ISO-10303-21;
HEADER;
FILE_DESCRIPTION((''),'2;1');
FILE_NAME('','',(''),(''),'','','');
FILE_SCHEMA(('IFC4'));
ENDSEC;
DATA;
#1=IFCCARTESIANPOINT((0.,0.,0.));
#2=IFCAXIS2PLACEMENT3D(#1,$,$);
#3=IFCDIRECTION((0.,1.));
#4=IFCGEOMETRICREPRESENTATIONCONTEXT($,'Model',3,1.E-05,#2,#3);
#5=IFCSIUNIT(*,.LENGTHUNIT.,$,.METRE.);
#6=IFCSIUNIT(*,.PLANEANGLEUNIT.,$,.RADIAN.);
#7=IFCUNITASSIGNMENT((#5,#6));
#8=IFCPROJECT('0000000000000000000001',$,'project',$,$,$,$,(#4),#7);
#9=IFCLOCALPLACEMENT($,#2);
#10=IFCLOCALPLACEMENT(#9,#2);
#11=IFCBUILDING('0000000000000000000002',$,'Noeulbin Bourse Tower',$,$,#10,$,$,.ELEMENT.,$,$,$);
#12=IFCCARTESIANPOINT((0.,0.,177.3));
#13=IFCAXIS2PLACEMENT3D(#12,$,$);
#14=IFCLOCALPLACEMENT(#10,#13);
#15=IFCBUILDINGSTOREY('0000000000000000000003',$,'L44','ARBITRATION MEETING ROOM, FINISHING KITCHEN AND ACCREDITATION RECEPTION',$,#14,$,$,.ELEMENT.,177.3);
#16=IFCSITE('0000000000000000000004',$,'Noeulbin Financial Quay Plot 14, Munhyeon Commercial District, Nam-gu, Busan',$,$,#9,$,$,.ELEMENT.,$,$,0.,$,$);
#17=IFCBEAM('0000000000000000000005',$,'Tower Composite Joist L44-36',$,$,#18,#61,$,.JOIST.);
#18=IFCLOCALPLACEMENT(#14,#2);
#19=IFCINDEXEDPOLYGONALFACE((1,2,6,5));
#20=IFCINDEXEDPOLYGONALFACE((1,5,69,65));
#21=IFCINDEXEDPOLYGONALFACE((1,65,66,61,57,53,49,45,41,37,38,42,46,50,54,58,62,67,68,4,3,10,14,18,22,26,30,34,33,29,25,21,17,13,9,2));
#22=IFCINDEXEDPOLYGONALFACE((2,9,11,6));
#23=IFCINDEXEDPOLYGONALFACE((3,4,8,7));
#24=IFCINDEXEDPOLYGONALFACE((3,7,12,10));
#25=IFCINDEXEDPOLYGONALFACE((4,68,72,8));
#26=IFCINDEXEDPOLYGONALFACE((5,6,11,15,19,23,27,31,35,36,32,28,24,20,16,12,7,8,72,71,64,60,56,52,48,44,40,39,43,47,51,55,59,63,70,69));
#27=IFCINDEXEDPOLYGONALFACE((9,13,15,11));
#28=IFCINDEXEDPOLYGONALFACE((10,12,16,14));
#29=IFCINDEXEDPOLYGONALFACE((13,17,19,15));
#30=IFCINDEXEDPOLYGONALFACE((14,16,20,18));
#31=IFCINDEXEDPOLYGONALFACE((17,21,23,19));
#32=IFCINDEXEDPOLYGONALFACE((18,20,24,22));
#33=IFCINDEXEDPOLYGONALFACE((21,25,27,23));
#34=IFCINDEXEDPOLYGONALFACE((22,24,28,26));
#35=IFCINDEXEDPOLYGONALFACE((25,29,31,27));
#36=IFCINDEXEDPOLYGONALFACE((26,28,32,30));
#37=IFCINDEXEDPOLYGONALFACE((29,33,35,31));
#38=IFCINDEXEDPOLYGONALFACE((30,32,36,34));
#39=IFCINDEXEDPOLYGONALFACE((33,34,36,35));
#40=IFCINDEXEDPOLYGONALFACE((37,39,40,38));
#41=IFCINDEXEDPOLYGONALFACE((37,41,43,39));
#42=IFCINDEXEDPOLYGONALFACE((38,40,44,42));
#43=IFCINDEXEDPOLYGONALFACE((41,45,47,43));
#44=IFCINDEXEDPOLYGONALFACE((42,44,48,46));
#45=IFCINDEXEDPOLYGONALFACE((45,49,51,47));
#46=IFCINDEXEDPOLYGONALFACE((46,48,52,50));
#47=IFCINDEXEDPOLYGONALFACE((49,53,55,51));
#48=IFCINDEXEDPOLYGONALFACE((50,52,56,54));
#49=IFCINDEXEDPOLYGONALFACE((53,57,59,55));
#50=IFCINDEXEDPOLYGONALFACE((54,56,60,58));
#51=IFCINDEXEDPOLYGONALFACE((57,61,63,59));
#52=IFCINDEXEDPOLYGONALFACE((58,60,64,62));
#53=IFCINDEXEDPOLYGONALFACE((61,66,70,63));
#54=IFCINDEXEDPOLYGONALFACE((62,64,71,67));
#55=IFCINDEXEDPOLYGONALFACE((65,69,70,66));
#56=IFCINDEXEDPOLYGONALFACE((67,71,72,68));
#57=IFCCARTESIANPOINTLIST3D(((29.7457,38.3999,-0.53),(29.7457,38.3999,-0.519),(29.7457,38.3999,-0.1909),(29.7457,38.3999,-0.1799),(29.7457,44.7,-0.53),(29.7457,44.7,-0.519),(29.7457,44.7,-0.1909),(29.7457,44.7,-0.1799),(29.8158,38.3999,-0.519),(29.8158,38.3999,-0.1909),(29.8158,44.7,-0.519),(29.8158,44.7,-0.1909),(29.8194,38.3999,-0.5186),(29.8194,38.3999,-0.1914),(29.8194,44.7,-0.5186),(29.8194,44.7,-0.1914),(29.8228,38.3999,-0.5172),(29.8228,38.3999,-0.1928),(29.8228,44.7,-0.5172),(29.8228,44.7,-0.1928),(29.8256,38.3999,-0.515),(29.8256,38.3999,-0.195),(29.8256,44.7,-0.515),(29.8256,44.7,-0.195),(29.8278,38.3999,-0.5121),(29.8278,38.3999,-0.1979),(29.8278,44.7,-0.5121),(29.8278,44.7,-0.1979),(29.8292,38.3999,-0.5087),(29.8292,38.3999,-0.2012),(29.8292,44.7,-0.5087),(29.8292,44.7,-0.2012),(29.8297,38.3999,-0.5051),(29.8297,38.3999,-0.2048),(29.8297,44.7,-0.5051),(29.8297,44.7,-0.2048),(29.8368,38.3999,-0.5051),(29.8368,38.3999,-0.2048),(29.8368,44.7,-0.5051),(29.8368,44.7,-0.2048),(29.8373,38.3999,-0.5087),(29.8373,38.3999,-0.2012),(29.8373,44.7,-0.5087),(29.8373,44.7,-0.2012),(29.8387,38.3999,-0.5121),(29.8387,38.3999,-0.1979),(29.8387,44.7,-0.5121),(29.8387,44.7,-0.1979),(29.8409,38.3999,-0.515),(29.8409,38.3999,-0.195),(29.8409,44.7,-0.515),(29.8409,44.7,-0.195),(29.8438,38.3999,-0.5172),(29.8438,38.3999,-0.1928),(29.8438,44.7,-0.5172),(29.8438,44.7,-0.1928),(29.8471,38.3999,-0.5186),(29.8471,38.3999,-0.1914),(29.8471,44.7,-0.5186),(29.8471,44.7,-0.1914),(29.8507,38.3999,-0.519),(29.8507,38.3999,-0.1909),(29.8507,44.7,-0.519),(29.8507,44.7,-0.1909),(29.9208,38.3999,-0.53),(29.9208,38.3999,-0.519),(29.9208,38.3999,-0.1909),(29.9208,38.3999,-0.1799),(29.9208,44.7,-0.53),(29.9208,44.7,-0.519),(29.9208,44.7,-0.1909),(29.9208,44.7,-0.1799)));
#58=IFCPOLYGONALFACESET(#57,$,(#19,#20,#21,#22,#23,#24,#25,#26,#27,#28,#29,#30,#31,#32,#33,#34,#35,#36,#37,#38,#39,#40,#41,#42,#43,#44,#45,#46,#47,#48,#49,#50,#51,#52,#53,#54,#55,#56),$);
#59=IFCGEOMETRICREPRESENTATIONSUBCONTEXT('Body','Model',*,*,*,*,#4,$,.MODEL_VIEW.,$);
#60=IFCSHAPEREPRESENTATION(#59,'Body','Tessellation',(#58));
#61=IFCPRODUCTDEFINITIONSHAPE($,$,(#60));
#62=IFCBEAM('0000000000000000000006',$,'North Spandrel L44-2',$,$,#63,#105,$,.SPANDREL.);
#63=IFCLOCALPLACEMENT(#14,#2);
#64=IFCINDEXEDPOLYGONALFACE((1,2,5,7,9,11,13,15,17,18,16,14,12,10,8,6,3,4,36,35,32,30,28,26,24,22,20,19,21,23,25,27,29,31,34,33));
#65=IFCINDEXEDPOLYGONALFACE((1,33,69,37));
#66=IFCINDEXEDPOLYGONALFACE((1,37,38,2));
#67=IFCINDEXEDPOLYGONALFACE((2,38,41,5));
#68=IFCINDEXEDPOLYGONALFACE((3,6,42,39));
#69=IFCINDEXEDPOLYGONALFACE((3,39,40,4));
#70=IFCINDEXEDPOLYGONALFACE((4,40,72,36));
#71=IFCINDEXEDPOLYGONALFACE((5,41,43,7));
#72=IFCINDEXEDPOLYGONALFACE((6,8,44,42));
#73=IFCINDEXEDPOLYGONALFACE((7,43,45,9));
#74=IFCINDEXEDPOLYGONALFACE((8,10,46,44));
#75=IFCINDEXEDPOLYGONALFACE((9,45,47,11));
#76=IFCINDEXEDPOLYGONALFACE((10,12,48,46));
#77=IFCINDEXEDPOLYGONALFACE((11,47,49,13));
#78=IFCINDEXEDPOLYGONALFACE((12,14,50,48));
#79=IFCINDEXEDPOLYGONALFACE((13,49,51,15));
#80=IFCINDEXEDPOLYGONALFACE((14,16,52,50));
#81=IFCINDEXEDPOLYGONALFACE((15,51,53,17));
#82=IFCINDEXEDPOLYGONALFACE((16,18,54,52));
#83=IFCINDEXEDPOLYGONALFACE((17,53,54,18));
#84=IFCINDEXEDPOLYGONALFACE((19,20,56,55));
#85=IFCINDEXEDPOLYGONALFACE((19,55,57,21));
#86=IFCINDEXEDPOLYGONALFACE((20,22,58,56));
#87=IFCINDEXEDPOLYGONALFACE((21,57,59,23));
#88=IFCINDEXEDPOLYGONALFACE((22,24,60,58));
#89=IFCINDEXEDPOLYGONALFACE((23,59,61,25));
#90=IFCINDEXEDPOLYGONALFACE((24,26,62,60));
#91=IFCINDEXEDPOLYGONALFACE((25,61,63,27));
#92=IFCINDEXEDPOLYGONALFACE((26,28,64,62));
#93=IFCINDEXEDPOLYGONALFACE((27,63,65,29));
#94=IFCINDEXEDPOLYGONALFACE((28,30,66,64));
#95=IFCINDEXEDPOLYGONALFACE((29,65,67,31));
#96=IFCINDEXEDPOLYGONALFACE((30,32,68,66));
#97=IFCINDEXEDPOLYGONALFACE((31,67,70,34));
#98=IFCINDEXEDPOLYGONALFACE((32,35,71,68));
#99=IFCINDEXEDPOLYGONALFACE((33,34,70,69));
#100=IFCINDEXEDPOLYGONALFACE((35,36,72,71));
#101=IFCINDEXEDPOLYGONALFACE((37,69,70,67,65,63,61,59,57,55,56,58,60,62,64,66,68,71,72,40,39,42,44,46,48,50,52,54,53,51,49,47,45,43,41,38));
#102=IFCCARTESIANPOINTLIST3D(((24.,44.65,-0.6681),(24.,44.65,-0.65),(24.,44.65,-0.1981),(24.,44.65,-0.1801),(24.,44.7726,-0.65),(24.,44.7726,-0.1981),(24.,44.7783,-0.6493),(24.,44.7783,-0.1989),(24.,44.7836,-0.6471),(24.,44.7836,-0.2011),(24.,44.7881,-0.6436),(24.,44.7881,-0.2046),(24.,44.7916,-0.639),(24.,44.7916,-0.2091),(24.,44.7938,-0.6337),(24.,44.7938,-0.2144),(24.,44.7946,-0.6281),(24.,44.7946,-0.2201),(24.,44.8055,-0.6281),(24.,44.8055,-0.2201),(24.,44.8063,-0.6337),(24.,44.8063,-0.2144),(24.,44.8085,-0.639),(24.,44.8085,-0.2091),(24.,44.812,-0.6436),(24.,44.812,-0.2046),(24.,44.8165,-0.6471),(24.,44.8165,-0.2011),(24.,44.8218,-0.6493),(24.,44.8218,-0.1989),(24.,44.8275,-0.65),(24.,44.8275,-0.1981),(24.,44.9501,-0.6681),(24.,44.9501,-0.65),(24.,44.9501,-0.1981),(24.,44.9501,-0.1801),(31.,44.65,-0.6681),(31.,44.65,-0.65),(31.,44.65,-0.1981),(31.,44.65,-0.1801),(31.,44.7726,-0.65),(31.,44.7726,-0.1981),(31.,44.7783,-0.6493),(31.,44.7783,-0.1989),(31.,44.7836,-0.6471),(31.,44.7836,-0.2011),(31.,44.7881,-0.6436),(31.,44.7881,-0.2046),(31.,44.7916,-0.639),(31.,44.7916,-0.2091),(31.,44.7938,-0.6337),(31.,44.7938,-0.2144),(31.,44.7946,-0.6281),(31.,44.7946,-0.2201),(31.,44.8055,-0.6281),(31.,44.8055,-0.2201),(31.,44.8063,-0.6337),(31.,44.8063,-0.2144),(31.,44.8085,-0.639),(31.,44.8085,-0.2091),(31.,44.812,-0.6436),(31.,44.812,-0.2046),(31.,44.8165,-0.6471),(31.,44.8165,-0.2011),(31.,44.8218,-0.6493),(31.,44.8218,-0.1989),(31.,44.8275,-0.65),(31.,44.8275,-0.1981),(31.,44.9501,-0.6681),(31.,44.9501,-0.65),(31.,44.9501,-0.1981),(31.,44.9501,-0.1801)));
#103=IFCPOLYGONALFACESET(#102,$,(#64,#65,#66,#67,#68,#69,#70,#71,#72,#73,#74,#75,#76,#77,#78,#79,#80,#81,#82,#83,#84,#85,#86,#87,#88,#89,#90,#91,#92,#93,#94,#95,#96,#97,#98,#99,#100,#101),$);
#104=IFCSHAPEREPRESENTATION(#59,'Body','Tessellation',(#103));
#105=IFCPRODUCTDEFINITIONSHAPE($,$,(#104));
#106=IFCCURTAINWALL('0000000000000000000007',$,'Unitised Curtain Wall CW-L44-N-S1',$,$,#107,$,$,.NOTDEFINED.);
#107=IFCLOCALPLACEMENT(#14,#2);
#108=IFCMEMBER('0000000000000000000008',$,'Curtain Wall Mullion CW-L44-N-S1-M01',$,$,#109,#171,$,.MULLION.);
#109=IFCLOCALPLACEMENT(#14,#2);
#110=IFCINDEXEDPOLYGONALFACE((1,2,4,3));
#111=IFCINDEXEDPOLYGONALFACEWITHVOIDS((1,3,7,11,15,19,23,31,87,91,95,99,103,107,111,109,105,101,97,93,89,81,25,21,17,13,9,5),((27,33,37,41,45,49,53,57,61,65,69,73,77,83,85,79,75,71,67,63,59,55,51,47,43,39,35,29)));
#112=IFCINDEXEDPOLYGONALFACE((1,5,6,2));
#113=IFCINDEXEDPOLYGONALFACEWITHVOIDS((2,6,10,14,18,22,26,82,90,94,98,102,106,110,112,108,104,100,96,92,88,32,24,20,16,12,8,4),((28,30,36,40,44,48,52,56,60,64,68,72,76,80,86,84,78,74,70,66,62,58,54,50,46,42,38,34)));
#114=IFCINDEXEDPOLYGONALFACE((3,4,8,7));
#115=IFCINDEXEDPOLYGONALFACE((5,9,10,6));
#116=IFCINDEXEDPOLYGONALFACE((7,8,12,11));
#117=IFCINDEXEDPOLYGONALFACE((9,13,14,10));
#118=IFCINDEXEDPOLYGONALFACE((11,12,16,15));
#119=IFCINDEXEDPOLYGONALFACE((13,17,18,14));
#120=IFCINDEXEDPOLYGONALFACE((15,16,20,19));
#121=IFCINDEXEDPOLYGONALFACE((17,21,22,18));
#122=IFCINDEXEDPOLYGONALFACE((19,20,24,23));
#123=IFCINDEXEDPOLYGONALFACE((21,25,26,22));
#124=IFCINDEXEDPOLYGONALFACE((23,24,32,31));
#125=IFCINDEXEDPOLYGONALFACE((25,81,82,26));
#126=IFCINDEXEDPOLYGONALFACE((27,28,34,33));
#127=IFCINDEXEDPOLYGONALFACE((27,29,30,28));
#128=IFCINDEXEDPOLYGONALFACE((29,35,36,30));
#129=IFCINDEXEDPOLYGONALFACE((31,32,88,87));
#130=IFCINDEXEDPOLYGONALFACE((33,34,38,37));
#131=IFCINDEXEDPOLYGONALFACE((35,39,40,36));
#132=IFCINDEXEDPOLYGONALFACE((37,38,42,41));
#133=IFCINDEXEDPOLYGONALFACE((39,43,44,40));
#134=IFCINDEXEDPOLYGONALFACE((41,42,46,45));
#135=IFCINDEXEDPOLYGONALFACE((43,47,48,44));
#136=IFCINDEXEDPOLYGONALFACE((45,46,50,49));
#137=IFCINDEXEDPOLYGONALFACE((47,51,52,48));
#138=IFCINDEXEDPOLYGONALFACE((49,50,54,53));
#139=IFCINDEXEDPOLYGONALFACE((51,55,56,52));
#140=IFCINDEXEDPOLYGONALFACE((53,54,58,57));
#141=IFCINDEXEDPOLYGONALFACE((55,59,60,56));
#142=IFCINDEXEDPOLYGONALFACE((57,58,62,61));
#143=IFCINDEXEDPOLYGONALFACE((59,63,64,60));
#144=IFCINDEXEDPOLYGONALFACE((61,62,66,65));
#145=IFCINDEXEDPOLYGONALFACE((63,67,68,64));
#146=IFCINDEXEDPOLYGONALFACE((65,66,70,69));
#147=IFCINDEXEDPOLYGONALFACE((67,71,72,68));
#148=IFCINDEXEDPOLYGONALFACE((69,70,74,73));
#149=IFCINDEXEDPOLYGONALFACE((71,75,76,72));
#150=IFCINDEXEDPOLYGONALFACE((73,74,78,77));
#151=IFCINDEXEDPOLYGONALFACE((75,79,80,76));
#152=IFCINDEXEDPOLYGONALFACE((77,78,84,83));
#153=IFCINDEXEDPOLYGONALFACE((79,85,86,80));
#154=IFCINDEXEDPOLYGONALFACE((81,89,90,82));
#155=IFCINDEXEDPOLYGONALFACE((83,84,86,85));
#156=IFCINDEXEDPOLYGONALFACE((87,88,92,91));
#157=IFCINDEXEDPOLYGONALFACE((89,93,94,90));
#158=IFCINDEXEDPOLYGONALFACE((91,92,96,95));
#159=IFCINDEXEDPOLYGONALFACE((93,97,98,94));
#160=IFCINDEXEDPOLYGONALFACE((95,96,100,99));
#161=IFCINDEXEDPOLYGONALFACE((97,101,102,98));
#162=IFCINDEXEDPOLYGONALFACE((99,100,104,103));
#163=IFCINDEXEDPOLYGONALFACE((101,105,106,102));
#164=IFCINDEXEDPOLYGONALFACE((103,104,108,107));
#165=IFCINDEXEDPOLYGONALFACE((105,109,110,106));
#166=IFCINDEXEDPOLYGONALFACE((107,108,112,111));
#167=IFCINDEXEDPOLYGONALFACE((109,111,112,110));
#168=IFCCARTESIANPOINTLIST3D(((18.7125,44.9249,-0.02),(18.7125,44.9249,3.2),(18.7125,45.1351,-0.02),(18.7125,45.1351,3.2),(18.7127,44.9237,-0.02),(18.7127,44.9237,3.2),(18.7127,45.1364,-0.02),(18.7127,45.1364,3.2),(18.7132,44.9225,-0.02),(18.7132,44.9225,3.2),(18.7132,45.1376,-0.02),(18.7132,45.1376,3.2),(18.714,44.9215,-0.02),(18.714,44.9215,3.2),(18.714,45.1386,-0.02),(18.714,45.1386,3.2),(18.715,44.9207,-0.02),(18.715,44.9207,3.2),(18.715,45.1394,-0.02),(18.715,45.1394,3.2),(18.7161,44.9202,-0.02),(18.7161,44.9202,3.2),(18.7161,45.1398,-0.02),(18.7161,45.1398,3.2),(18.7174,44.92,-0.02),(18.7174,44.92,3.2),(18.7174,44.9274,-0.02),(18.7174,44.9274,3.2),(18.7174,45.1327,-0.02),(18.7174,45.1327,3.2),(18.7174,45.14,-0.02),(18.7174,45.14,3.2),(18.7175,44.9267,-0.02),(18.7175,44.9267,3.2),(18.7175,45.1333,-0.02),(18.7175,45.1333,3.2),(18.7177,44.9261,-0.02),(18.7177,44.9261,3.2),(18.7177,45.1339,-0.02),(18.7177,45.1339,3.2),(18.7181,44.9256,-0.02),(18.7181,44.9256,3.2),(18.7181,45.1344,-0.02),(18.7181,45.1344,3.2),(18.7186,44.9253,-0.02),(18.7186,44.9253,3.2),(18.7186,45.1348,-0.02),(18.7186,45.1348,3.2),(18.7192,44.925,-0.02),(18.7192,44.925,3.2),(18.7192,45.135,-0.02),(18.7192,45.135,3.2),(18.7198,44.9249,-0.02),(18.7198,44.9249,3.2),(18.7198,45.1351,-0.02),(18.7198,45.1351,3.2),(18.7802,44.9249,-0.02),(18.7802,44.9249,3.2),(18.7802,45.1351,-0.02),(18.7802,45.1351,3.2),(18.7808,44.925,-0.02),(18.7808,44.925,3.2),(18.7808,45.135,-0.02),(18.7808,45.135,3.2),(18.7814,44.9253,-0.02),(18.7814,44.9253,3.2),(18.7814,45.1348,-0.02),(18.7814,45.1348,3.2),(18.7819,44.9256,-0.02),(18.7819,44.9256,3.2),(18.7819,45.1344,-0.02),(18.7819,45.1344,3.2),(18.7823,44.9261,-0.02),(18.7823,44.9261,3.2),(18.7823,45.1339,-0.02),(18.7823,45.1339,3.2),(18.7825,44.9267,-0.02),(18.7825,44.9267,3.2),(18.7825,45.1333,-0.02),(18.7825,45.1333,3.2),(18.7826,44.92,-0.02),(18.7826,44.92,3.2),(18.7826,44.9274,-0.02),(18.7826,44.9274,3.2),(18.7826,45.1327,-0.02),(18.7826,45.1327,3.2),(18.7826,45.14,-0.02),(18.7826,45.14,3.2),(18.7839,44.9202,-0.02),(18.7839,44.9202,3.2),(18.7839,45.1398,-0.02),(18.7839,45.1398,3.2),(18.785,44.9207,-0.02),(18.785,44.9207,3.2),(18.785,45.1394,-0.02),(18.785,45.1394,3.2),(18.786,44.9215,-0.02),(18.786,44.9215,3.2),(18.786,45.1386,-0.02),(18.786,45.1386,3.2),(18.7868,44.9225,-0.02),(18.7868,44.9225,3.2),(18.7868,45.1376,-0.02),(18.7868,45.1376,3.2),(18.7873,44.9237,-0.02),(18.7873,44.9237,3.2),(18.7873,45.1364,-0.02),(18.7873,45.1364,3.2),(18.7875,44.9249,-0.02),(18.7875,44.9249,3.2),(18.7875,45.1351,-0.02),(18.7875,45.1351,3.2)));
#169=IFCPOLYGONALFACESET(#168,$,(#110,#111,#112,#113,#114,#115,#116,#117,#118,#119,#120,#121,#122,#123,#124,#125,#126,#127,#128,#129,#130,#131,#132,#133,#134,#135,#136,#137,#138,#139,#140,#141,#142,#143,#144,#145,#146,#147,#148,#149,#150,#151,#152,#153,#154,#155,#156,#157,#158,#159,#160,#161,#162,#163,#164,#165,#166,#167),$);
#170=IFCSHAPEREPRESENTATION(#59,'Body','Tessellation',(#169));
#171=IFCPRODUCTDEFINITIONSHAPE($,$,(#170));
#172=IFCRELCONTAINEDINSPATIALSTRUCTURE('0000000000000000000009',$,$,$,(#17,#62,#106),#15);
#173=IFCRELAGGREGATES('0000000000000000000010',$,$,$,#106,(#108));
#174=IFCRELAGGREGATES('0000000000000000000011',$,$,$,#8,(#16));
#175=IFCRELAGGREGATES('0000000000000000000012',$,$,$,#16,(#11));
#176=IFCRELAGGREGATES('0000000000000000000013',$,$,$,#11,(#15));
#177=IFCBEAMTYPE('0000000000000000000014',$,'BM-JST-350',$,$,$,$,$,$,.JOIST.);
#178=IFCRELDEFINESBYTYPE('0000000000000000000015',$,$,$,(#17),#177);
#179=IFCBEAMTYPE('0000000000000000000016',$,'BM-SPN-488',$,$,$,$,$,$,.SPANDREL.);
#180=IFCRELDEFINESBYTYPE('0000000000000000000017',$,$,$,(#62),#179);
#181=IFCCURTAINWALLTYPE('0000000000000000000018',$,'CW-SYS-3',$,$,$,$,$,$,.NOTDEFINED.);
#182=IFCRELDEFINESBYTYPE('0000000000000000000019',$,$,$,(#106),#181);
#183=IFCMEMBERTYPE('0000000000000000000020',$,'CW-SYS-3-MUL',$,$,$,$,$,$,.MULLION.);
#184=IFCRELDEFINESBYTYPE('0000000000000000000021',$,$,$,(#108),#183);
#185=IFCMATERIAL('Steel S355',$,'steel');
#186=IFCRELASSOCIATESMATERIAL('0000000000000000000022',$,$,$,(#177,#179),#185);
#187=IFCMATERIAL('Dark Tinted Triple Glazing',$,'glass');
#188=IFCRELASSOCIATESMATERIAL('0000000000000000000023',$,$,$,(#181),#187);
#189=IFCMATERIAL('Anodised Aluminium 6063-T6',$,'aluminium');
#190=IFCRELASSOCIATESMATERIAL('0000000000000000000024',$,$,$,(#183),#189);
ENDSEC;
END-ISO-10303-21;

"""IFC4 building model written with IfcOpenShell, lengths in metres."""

from ifc_helpers import new_model, si_unit, direction, frame, origin, origin_2d, place, context, subcontext, project, spatial, hollow_rectangle, i_section, extrude, material, material_profile, profile_set, type_object, element, aggregate, save


model = new_model("IFC4")

# Units and contexts
model_context = context("Model", 3, precision=1e-05, world=origin(), true_north=direction((0.0, 1.0)))
body_context = subcontext(model_context, "Body", "Model", "MODEL_VIEW")
ifc_project = project(units=[si_unit("LENGTHUNIT", "METRE"), si_unit("PLANEANGLEUNIT", "RADIAN")], contexts=[model_context])

# Site, building, storey
site_placement = place(None, origin())
site = spatial("IfcSite", under=ifc_project, at=site_placement, Name="Noeulbin Financial Quay Plot 14, Munhyeon Commercial District, Nam-gu, Busan", CompositionType="ELEMENT", RefElevation=0.0)
building_placement = place(site_placement, origin())
building = spatial("IfcBuilding", under=site, at=building_placement, Name="Noeulbin Bourse Tower", CompositionType="ELEMENT")
storey_placement = place(building_placement, frame((0.0, 0.0, 177.3)))
storey = spatial("IfcBuildingStorey", under=building, at=storey_placement, Name="L44", Description="ARBITRATION MEETING ROOM, FINISHING KITCHEN AND ACCREDITATION RECEPTION", CompositionType="ELEMENT", Elevation=177.3)

# Shared definitions
ifc_material_1 = material(Name="Steel S355", Category="steel")

# Beams
ifc_material_profile_1 = material_profile(ifc_material_1, i_section(OverallWidth=0.175, OverallDepth=0.3501, WebThickness=0.0071, FlangeThickness=0.011, FilletRadius=0.0139, at=origin_2d()), Name="H-350x175x7x11", Category="LoadBearing")
ifc_profile_set_1 = profile_set([ifc_material_profile_1], Name="Steel S355")
beam_type_1 = type_object("IfcBeamType", Name="BM-JST-350", PredefinedType="JOIST", material=ifc_profile_set_1)
for number, where, z_axis, x_axis, name in (
    (1, (29.8333, 38.3999, -0.355), (0.0, 1.0, 0.0), (-1.0, 0.0, 0.0), "Tower Composite Joist L44-36"),
):
    element("IfcBeam", number, at=place(storey_placement, frame(where, z_axis=z_axis, x_axis=x_axis)), inside=storey, type_object=beam_type_1, Name=name, PredefinedType="JOIST", context=body_context, shape_type="SweptSolid", body=[
        extrude(i_section(OverallWidth=0.175, OverallDepth=0.3501, WebThickness=0.0071, FlangeThickness=0.011, FilletRadius=0.0139, at=origin_2d()), origin(), (0.0, 0.0, 1.0), 6.3),
    ])
ifc_material_profile_2 = material_profile(ifc_material_1, i_section(OverallWidth=0.3, OverallDepth=0.488, WebThickness=0.011, FlangeThickness=0.0181, FilletRadius=0.022, at=origin_2d()), Name="H-488x300x11x18", Category="LoadBearing")
ifc_profile_set_2 = profile_set([ifc_material_profile_2], Name="Steel S355")
beam_type_2 = type_object("IfcBeamType", Name="BM-SPN-488", PredefinedType="SPANDREL", material=ifc_profile_set_2)
beam_placement = place(storey_placement, frame((24.0, 44.8, -0.4241), z_axis=(1.0, 0.0, 0.0), x_axis=(0.0, 1.0, 0.0)))
element("IfcBeam", 2, at=beam_placement, inside=storey, type_object=beam_type_2, Name="North Spandrel L44-2", PredefinedType="SPANDREL", context=body_context, shape_type="SweptSolid", body=[
    extrude(i_section(OverallWidth=0.3, OverallDepth=0.488, WebThickness=0.011, FlangeThickness=0.0181, FilletRadius=0.022, at=origin_2d()), origin(), (0.0, 0.0, 1.0), 7.0),
])

# Curtain wall, member
ifc_material_2 = material(Name="Dark Tinted Triple Glazing", Category="glass")
curtain_wall_type = type_object("IfcCurtainWallType", Name="CW-SYS-3", PredefinedType="NOTDEFINED", material=ifc_material_2)
curtain_wall_1_placement = place(storey_placement, origin())
curtain_wall_1 = element("IfcCurtainWall", 3, at=curtain_wall_1_placement, inside=storey, type_object=curtain_wall_type, Name="Unitised Curtain Wall CW-L44-N-S1", PredefinedType="NOTDEFINED")
ifc_material_3 = material(Name="Anodised Aluminium 6063-T6", Category="aluminium")
ifc_material_profile_3 = material_profile(ifc_material_3, hollow_rectangle(XDim=0.075, YDim=0.22, WallThickness=0.0049, InnerFilletRadius=0.0024, OuterFilletRadius=0.0049, at=origin_2d()), Name="ALU-MULL-75x220x5", Category="LoadBearing")
ifc_profile_set_3 = profile_set([ifc_material_profile_3], Name="Anodised Aluminium 6063-T6")
member_type_1 = type_object("IfcMemberType", Name="CW-SYS-3-MUL", PredefinedType="MULLION", material=ifc_profile_set_3)
member_1_placement = place(storey_placement, frame((18.75, 45.03, -0.02), z_axis=(0.0, 0.0, 1.0), x_axis=(1.0, 0.0, 0.0)))
member_1 = element("IfcMember", 4, at=member_1_placement, type_object=member_type_1, Name="Curtain Wall Mullion CW-L44-N-S1-M01", PredefinedType="MULLION", context=body_context, shape_type="SweptSolid", body=[
    extrude(hollow_rectangle(XDim=0.075, YDim=0.22, WallThickness=0.0049, InnerFilletRadius=0.0024, OuterFilletRadius=0.0049, at=origin_2d()), origin(), (0.0, 0.0, 1.0), 3.22),
])

aggregate(curtain_wall_1, [member_1])

save(model, "model.ifc")
